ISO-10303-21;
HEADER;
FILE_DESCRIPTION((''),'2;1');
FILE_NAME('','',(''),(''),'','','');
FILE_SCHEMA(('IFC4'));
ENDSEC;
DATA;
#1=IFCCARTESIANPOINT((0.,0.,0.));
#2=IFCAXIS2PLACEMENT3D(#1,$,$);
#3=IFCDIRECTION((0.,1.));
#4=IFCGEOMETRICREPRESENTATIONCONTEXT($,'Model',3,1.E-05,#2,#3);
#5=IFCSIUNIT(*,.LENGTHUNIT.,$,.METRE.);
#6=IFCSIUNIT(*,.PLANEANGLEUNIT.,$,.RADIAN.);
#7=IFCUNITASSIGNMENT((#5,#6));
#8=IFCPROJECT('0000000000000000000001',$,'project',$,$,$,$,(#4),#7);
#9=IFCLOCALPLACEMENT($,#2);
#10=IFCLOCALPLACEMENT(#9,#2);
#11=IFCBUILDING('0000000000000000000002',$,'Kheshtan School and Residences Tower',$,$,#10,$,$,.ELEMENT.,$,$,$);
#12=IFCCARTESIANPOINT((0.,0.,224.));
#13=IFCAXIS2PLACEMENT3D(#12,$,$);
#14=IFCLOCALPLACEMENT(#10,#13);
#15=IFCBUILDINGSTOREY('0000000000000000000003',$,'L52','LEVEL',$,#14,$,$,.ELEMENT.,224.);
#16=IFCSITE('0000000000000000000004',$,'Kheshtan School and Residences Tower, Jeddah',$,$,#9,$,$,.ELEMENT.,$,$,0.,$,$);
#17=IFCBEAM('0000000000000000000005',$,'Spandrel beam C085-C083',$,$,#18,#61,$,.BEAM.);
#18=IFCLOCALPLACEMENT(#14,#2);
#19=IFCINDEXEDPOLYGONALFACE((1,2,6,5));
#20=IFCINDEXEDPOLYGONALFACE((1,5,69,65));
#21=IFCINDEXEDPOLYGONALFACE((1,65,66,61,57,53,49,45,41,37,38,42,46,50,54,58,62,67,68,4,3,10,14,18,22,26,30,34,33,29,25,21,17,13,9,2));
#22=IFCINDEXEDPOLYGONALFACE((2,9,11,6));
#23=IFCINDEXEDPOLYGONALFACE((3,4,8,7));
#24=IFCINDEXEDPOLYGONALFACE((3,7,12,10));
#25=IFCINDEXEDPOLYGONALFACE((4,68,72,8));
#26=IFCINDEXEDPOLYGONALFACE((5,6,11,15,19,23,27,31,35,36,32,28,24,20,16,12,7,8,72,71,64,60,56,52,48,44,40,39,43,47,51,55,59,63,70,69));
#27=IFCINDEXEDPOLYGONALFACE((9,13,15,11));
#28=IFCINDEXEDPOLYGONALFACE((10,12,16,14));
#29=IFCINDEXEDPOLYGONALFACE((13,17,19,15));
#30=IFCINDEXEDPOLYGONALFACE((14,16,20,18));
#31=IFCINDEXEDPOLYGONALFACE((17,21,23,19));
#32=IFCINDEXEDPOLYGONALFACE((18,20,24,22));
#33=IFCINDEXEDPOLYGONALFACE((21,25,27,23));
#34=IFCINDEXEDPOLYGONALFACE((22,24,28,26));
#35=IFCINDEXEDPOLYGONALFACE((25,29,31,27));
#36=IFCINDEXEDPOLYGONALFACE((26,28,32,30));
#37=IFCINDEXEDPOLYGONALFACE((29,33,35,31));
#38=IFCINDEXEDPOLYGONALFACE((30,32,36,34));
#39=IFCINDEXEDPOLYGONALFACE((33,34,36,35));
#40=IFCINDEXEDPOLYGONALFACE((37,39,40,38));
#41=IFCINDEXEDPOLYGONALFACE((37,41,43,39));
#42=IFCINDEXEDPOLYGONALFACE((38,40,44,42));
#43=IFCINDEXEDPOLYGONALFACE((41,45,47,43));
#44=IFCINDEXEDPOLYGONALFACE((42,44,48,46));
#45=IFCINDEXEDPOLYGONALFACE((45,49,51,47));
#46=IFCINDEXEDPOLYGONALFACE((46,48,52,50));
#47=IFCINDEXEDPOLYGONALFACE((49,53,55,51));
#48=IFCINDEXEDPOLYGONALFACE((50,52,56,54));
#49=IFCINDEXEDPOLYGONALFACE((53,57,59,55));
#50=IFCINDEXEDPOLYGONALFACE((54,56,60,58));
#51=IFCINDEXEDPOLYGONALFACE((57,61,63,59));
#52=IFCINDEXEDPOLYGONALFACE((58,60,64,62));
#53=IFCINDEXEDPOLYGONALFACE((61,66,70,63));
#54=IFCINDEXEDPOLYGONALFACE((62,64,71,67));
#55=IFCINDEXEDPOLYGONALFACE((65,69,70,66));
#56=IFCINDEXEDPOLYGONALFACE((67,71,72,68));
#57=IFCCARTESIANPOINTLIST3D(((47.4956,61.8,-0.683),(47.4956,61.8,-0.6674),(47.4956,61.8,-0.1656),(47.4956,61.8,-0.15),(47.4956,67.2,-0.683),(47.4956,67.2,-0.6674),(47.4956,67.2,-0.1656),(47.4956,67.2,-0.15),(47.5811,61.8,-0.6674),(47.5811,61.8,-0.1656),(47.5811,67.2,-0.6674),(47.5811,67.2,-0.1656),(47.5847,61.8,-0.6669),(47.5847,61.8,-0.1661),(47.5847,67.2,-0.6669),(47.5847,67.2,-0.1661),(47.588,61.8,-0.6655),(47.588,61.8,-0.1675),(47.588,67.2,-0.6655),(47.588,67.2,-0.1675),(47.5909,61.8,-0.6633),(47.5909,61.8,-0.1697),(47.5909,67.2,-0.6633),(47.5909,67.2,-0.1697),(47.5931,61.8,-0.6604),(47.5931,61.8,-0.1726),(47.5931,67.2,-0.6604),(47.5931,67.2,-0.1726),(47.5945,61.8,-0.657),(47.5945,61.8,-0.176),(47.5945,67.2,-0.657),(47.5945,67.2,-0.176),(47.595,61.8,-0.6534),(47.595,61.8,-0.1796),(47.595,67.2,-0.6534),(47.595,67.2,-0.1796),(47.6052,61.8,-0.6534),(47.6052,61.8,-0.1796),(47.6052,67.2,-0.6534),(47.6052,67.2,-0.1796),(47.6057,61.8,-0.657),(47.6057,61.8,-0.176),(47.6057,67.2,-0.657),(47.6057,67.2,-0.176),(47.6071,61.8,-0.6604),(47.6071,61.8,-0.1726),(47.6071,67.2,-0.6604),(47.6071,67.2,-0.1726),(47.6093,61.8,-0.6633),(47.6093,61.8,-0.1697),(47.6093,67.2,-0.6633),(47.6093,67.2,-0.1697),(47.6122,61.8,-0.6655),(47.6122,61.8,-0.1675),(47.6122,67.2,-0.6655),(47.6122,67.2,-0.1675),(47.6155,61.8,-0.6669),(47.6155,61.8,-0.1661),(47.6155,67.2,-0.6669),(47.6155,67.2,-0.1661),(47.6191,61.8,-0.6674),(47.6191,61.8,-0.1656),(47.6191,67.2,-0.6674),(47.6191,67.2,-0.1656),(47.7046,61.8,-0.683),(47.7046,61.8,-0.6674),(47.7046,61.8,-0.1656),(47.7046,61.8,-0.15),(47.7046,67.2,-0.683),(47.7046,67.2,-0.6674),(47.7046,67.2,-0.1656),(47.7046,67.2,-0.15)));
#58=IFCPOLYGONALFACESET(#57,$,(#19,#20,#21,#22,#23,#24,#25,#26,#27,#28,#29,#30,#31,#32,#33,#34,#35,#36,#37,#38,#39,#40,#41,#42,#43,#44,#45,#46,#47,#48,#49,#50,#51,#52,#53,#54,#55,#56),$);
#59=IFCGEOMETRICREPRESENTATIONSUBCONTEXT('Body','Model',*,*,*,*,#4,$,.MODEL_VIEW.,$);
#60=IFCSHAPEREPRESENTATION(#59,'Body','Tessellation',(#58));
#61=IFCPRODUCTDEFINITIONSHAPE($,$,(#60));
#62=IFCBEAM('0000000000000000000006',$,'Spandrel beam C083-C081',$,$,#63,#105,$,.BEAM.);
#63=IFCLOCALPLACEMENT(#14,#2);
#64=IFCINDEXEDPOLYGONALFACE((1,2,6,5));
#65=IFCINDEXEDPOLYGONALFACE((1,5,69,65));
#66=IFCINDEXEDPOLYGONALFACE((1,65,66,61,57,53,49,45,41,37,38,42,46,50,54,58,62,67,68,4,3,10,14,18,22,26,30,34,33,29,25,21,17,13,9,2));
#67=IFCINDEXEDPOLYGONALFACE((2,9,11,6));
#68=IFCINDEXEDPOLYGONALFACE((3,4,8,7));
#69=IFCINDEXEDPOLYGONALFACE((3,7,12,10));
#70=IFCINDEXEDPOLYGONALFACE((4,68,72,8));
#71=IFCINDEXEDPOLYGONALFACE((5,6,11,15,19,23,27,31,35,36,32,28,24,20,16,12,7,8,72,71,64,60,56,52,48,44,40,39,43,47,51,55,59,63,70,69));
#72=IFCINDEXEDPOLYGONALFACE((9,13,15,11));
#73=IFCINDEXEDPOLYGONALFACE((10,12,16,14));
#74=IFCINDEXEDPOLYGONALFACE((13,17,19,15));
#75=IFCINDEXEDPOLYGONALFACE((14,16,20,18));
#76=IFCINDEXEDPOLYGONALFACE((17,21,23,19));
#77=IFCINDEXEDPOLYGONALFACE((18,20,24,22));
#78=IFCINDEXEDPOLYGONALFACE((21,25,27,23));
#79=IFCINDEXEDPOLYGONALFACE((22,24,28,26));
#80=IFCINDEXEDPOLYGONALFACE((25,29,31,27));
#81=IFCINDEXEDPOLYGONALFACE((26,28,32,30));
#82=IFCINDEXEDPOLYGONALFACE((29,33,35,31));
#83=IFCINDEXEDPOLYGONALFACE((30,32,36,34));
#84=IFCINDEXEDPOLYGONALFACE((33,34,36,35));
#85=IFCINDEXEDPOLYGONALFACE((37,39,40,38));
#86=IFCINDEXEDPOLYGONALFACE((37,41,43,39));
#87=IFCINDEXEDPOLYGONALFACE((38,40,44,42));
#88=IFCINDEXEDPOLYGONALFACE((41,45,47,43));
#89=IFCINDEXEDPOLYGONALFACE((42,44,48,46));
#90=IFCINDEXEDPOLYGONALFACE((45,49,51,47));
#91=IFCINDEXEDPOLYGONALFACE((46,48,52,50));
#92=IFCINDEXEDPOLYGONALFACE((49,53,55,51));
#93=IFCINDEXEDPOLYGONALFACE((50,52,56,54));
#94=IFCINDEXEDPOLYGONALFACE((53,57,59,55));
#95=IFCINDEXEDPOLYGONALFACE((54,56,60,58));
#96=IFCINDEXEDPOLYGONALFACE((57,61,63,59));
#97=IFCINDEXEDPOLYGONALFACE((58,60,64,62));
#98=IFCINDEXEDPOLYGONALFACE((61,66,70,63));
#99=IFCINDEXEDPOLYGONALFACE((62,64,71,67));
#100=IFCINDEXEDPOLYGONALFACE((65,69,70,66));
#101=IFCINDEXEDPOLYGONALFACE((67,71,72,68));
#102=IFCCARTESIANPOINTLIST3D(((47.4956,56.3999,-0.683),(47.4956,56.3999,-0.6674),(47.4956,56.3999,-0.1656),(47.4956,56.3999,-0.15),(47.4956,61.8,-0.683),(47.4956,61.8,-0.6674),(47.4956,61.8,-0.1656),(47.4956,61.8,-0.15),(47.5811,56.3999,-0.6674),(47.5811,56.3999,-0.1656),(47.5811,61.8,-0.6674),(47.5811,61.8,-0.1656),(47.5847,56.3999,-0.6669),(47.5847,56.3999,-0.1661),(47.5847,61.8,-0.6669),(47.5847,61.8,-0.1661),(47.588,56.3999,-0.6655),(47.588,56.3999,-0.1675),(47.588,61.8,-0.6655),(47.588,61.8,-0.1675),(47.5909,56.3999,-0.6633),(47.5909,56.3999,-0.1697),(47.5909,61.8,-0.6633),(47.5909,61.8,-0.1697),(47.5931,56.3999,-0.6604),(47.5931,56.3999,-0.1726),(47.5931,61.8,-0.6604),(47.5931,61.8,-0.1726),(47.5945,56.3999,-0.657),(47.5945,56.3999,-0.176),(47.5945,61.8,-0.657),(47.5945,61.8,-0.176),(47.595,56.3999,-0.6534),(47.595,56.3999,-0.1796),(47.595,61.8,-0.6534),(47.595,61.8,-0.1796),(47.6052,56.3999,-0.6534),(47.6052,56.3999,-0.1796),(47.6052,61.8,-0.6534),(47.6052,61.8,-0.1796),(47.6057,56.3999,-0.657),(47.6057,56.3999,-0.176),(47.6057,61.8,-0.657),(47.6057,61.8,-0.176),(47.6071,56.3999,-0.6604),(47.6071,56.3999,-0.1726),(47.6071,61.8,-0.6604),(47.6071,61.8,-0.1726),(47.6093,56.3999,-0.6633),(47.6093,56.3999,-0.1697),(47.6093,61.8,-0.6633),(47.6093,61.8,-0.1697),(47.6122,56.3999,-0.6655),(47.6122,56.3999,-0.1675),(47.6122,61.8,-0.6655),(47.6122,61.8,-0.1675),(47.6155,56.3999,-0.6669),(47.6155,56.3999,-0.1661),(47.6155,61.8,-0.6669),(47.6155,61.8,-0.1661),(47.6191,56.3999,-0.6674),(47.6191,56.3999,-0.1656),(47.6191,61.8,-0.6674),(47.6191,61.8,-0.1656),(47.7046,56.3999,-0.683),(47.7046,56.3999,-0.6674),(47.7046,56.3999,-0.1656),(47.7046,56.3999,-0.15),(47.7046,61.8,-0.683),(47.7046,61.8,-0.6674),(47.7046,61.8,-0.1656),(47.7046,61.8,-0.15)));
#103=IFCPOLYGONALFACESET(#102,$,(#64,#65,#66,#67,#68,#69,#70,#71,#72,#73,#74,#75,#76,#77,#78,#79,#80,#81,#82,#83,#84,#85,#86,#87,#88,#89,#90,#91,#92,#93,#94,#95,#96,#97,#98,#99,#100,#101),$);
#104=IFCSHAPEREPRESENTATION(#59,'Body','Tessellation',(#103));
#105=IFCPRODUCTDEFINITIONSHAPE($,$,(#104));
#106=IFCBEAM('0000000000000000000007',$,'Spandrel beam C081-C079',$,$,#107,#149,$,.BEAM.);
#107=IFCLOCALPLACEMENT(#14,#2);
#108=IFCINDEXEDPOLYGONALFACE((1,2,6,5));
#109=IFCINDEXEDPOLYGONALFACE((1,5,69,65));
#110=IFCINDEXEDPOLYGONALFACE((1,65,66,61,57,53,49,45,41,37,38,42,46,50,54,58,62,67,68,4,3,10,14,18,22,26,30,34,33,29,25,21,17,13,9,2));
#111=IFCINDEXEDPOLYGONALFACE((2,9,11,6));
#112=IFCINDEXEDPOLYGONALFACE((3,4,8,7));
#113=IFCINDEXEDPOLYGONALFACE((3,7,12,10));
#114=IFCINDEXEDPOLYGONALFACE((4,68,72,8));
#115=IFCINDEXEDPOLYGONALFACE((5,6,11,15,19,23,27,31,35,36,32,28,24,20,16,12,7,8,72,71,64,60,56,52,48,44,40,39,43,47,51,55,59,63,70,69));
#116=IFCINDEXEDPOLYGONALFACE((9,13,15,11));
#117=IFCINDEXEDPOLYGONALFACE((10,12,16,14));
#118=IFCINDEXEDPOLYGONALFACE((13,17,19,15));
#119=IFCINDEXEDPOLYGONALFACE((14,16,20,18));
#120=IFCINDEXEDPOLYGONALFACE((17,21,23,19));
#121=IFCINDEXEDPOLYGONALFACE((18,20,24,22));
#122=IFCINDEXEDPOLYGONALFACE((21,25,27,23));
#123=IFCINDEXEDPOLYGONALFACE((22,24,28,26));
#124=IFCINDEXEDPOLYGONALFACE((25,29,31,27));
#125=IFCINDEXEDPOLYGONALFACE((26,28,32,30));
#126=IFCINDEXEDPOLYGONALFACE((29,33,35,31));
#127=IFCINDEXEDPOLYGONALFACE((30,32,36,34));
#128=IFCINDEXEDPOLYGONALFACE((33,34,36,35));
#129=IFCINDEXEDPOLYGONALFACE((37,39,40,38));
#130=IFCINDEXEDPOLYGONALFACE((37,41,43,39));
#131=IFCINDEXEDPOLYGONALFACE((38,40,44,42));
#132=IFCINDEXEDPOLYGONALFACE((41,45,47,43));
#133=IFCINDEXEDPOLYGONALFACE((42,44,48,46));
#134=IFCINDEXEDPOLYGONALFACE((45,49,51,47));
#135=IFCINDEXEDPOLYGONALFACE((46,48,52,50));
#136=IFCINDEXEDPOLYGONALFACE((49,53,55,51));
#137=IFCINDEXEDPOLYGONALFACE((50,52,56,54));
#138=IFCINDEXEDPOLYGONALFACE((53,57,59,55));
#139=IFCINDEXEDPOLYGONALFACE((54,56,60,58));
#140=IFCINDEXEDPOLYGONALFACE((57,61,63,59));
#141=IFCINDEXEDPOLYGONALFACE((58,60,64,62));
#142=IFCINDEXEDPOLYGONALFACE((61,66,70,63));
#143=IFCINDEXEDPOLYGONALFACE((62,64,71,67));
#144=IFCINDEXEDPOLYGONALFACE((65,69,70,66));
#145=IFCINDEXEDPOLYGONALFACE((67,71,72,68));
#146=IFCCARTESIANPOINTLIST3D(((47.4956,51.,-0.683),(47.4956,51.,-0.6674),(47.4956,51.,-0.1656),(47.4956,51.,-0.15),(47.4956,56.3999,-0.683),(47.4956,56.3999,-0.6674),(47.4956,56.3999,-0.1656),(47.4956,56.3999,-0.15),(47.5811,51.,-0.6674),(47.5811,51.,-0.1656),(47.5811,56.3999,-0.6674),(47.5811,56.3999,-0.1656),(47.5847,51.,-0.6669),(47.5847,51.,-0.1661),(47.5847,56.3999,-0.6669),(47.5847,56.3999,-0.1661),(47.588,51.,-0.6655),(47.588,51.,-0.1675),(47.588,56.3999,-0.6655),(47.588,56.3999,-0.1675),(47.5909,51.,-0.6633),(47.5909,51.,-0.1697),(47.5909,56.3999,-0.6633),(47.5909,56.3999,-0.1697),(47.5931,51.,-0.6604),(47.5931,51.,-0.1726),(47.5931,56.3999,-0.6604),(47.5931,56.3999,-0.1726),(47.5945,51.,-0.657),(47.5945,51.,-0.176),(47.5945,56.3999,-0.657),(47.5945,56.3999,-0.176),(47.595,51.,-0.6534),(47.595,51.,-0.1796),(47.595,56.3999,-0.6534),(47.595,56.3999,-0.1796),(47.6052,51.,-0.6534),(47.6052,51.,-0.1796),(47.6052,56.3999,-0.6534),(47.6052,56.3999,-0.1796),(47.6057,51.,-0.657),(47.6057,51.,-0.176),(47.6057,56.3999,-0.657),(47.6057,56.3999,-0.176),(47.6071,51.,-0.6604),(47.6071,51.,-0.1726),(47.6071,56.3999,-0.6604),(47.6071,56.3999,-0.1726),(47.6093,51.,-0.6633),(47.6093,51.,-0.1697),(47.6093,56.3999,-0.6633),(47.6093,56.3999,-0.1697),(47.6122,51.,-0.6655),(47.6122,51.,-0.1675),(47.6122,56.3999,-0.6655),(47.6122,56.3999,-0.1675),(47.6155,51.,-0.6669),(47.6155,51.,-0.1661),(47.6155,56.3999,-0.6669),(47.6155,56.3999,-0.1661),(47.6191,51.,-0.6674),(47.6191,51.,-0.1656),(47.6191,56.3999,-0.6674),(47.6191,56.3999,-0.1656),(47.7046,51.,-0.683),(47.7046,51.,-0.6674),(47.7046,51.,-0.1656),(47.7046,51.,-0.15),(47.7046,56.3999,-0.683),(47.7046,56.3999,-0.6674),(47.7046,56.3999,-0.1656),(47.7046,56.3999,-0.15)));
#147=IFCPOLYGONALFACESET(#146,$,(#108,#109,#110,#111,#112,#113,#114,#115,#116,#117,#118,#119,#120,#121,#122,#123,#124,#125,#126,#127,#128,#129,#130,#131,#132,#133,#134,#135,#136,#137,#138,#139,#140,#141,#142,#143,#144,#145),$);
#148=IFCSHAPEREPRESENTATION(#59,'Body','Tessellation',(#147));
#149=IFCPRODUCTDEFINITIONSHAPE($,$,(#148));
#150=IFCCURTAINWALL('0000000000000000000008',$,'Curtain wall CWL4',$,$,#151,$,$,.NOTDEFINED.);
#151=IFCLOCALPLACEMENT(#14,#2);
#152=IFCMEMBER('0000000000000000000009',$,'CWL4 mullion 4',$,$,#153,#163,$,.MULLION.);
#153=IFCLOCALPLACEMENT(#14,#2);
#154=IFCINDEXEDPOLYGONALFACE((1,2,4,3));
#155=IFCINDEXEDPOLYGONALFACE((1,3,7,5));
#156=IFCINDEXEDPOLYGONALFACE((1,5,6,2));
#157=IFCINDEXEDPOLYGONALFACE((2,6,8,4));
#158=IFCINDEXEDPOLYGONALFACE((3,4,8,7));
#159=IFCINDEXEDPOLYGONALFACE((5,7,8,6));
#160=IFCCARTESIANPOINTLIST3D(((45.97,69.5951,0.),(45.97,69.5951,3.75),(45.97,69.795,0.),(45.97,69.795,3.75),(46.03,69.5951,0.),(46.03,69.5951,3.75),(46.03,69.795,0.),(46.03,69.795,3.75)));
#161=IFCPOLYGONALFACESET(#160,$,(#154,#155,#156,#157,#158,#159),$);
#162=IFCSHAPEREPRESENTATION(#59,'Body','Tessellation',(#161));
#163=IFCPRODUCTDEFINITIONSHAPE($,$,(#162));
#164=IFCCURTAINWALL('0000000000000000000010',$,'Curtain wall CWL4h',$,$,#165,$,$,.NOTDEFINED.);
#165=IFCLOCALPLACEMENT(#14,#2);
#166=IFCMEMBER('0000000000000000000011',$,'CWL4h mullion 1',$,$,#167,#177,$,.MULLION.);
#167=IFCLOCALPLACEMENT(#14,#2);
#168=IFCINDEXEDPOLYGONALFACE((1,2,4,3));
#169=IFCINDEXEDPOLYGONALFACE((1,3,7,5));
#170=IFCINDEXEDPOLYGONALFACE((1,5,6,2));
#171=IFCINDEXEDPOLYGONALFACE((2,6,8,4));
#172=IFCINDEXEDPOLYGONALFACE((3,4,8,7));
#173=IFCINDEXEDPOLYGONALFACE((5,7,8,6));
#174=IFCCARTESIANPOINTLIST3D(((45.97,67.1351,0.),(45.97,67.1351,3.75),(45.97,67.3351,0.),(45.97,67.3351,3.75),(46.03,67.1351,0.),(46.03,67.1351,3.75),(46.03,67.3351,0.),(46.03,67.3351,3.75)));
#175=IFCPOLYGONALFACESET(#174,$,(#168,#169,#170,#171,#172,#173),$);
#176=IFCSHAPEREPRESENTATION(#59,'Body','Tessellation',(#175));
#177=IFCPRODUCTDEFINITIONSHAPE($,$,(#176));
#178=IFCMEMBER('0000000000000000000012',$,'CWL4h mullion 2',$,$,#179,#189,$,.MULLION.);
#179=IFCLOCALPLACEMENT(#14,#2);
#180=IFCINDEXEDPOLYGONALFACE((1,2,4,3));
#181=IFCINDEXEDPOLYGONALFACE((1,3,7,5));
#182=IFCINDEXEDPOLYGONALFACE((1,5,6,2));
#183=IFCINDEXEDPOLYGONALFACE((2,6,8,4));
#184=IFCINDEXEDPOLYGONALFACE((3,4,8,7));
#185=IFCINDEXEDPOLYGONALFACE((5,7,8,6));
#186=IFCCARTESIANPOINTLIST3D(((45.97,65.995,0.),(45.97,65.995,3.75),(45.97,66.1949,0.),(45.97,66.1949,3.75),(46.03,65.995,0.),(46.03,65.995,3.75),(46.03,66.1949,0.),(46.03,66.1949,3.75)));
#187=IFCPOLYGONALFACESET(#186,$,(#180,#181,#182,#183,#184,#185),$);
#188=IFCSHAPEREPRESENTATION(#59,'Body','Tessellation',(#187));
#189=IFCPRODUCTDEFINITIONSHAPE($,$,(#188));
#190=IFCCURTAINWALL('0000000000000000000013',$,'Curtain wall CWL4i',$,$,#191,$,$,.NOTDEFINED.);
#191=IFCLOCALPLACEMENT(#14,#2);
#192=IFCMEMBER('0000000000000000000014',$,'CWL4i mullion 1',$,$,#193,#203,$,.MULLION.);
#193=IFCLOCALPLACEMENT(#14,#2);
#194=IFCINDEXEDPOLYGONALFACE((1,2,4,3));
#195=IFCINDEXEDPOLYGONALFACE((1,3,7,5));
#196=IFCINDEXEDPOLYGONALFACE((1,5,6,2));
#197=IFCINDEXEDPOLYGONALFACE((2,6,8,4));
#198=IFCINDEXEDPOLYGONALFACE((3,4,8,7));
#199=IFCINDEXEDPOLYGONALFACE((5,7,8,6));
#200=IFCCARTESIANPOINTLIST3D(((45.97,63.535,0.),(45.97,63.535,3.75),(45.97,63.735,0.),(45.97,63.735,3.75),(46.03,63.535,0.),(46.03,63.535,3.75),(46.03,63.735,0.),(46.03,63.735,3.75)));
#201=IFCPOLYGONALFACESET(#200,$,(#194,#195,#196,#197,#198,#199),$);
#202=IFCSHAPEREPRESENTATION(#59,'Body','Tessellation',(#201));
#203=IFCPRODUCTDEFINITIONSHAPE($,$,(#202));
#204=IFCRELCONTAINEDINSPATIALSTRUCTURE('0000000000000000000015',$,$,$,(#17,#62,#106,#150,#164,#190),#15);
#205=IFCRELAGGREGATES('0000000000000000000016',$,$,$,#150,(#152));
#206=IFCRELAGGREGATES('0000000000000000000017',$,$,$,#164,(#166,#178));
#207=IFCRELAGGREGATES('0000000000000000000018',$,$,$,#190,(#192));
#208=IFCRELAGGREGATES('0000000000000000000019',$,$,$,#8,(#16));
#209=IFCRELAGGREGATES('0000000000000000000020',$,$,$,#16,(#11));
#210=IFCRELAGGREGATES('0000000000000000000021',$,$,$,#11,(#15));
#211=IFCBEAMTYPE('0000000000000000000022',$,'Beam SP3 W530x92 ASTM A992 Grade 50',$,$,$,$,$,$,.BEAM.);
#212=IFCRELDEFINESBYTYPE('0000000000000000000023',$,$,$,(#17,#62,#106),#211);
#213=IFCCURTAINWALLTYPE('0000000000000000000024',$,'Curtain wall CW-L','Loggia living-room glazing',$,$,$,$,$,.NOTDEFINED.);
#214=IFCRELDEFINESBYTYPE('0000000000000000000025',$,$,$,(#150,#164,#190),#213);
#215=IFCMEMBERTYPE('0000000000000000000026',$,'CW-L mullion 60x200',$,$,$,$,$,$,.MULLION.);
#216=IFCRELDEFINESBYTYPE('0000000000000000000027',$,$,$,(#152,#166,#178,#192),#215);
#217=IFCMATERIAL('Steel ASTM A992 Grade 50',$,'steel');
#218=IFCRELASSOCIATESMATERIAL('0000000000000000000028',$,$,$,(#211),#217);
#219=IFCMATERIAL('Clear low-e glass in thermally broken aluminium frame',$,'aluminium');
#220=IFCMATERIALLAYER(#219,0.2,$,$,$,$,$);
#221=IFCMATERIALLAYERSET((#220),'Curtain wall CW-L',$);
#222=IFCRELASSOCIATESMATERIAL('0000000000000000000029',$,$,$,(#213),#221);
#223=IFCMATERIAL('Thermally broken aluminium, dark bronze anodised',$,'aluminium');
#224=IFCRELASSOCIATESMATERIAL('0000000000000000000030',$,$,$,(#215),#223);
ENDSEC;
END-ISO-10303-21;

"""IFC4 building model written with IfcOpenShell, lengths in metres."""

from ifc_helpers import new_model, si_unit, direction, frame, origin, origin_2d, place, context, subcontext, project, spatial, rectangle, i_section, extrude, material, layer, layer_set, material_profile, profile_set, type_object, element, aggregate, save


model = new_model("IFC4")

# Units and contexts
model_context = context("Model", 3, precision=1e-05, world=origin(), true_north=direction((0.0, 1.0)))
body_context = subcontext(model_context, "Body", "Model", "MODEL_VIEW")
ifc_project = project(units=[si_unit("LENGTHUNIT", "METRE"), si_unit("PLANEANGLEUNIT", "RADIAN")], contexts=[model_context])

# Site, building, storey
site_placement = place(None, origin())
site = spatial("IfcSite", under=ifc_project, at=site_placement, Name="Kheshtan School and Residences Tower, Jeddah", CompositionType="ELEMENT", RefElevation=0.0)
building_placement = place(site_placement, origin())
building = spatial("IfcBuilding", under=site, at=building_placement, Name="Kheshtan School and Residences Tower", CompositionType="ELEMENT")
storey_placement = place(building_placement, frame((0.0, 0.0, 224.0)))
storey = spatial("IfcBuildingStorey", under=building, at=storey_placement, Name="L52", Description="LEVEL", CompositionType="ELEMENT", Elevation=224.0)

# Shared definitions
ifc_material_1 = material(Name="Steel ASTM A992 Grade 50", Category="steel")

# Beams
ifc_material_profile_1 = material_profile(ifc_material_1, i_section(OverallWidth=0.209, OverallDepth=0.533, WebThickness=0.0103, FlangeThickness=0.0156, FilletRadius=0.0139, at=origin_2d()), Name="W530x92")
ifc_profile_set_1 = profile_set([ifc_material_profile_1], Name="Steel ASTM A992 Grade 50")
beam_type_1 = type_object("IfcBeamType", Name="Beam SP3 W530x92 ASTM A992 Grade 50", PredefinedType="BEAM", material=ifc_profile_set_1)
beam_1_placement = place(storey_placement, frame((47.6001, 67.2, -0.4165), z_axis=(0.0, -1.0, 0.0), x_axis=(1.0, 0.0, 0.0)))
element("IfcBeam", 1, at=beam_1_placement, inside=storey, type_object=beam_type_1, Name="Spandrel beam C085-C083", PredefinedType="BEAM", context=body_context, shape_type="SweptSolid", body=[
    extrude(i_section(OverallWidth=0.209, OverallDepth=0.533, WebThickness=0.0103, FlangeThickness=0.0156, FilletRadius=0.0139, at=origin_2d()), origin(), (0.0, 0.0, 1.0), 5.3999),
])
beam_2_placement = place(storey_placement, frame((47.6001, 61.8, -0.4165), z_axis=(0.0, -1.0, 0.0), x_axis=(1.0, 0.0, 0.0)))
element("IfcBeam", 2, at=beam_2_placement, inside=storey, type_object=beam_type_1, Name="Spandrel beam C083-C081", PredefinedType="BEAM", context=body_context, shape_type="SweptSolid", body=[
    extrude(i_section(OverallWidth=0.209, OverallDepth=0.533, WebThickness=0.0103, FlangeThickness=0.0156, FilletRadius=0.0139, at=origin_2d()), origin(), (0.0, 0.0, 1.0), 5.4001),
])
beam_3_placement = place(storey_placement, frame((47.6001, 56.3999, -0.4165), z_axis=(0.0, -1.0, 0.0), x_axis=(1.0, 0.0, 0.0)))
element("IfcBeam", 3, at=beam_3_placement, inside=storey, type_object=beam_type_1, Name="Spandrel beam C081-C079", PredefinedType="BEAM", context=body_context, shape_type="SweptSolid", body=[
    extrude(i_section(OverallWidth=0.209, OverallDepth=0.533, WebThickness=0.0103, FlangeThickness=0.0156, FilletRadius=0.0139, at=origin_2d()), origin(), (0.0, 0.0, 1.0), 5.3999),
])

# Curtain wall, member
ifc_material_2 = material(Name="Clear low-e glass in thermally broken aluminium frame", Category="aluminium")
ifc_layer_1 = layer(ifc_material_2, 0.2)
ifc_layer_set_1 = layer_set([ifc_layer_1], Name="Curtain wall CW-L")
curtain_wall_type = type_object("IfcCurtainWallType", Name="Curtain wall CW-L", Description="Loggia living-room glazing", PredefinedType="NOTDEFINED", material=ifc_layer_set_1)
curtain_wall_1_placement = place(storey_placement, origin())
curtain_wall_1 = element("IfcCurtainWall", 4, at=curtain_wall_1_placement, inside=storey, type_object=curtain_wall_type, Name="Curtain wall CWL4", PredefinedType="NOTDEFINED")
ifc_material_3 = material(Name="Thermally broken aluminium, dark bronze anodised", Category="aluminium")
ifc_material_profile_2 = material_profile(ifc_material_3, rectangle(XDim=0.0601, YDim=0.2, at=origin_2d()), Name="CW-L mullion 60x200")
ifc_profile_set_2 = profile_set([ifc_material_profile_2], Name="Thermally broken aluminium, dark bronze anodised")
member_type_1 = type_object("IfcMemberType", Name="CW-L mullion 60x200", PredefinedType="MULLION", material=ifc_profile_set_2)
member_1_placement = place(storey_placement, frame((46.0, 69.6951, 0.0), z_axis=(0.0, 0.0, 1.0), x_axis=(1.0, 0.0, 0.0)))
member_1 = element("IfcMember", 5, at=member_1_placement, type_object=member_type_1, Name="CWL4 mullion 4", PredefinedType="MULLION", context=body_context, shape_type="SweptSolid", body=[
    extrude(rectangle(XDim=0.0601, YDim=0.2, at=origin_2d()), origin(), (0.0, 0.0, 1.0), 3.75),
])

# Curtain walls, members
curtain_wall_2_placement = place(storey_placement, origin())
curtain_wall_2 = element("IfcCurtainWall", 6, at=curtain_wall_2_placement, inside=storey, type_object=curtain_wall_type, Name="Curtain wall CWL4h", PredefinedType="NOTDEFINED")
member_2_placement = place(storey_placement, frame((46.0, 67.2351, 0.0), z_axis=(0.0, 0.0, 1.0), x_axis=(1.0, 0.0, 0.0)))
member_2 = element("IfcMember", 7, at=member_2_placement, type_object=member_type_1, Name="CWL4h mullion 1", PredefinedType="MULLION", context=body_context, shape_type="SweptSolid", body=[
    extrude(rectangle(XDim=0.0601, YDim=0.2, at=origin_2d()), origin(), (0.0, 0.0, 1.0), 3.75),
])
member_3_placement = place(storey_placement, frame((46.0, 66.095, 0.0), z_axis=(0.0, 0.0, 1.0), x_axis=(1.0, 0.0, 0.0)))
member_3 = element("IfcMember", 8, at=member_3_placement, type_object=member_type_1, Name="CWL4h mullion 2", PredefinedType="MULLION", context=body_context, shape_type="SweptSolid", body=[
    extrude(rectangle(XDim=0.0601, YDim=0.2, at=origin_2d()), origin(), (0.0, 0.0, 1.0), 3.75),
])
curtain_wall_3_placement = place(storey_placement, origin())
curtain_wall_3 = element("IfcCurtainWall", 9, at=curtain_wall_3_placement, inside=storey, type_object=curtain_wall_type, Name="Curtain wall CWL4i", PredefinedType="NOTDEFINED")
member_4_placement = place(storey_placement, frame((46.0, 63.635, 0.0), z_axis=(0.0, 0.0, 1.0), x_axis=(1.0, 0.0, 0.0)))
member_4 = element("IfcMember", 10, at=member_4_placement, type_object=member_type_1, Name="CWL4i mullion 1", PredefinedType="MULLION", context=body_context, shape_type="SweptSolid", body=[
    extrude(rectangle(XDim=0.0601, YDim=0.2, at=origin_2d()), origin(), (0.0, 0.0, 1.0), 3.75),
])

aggregate(curtain_wall_1, [member_1])
aggregate(curtain_wall_2, [member_2, member_3])
aggregate(curtain_wall_3, [member_4])

save(model, "model.ifc")
